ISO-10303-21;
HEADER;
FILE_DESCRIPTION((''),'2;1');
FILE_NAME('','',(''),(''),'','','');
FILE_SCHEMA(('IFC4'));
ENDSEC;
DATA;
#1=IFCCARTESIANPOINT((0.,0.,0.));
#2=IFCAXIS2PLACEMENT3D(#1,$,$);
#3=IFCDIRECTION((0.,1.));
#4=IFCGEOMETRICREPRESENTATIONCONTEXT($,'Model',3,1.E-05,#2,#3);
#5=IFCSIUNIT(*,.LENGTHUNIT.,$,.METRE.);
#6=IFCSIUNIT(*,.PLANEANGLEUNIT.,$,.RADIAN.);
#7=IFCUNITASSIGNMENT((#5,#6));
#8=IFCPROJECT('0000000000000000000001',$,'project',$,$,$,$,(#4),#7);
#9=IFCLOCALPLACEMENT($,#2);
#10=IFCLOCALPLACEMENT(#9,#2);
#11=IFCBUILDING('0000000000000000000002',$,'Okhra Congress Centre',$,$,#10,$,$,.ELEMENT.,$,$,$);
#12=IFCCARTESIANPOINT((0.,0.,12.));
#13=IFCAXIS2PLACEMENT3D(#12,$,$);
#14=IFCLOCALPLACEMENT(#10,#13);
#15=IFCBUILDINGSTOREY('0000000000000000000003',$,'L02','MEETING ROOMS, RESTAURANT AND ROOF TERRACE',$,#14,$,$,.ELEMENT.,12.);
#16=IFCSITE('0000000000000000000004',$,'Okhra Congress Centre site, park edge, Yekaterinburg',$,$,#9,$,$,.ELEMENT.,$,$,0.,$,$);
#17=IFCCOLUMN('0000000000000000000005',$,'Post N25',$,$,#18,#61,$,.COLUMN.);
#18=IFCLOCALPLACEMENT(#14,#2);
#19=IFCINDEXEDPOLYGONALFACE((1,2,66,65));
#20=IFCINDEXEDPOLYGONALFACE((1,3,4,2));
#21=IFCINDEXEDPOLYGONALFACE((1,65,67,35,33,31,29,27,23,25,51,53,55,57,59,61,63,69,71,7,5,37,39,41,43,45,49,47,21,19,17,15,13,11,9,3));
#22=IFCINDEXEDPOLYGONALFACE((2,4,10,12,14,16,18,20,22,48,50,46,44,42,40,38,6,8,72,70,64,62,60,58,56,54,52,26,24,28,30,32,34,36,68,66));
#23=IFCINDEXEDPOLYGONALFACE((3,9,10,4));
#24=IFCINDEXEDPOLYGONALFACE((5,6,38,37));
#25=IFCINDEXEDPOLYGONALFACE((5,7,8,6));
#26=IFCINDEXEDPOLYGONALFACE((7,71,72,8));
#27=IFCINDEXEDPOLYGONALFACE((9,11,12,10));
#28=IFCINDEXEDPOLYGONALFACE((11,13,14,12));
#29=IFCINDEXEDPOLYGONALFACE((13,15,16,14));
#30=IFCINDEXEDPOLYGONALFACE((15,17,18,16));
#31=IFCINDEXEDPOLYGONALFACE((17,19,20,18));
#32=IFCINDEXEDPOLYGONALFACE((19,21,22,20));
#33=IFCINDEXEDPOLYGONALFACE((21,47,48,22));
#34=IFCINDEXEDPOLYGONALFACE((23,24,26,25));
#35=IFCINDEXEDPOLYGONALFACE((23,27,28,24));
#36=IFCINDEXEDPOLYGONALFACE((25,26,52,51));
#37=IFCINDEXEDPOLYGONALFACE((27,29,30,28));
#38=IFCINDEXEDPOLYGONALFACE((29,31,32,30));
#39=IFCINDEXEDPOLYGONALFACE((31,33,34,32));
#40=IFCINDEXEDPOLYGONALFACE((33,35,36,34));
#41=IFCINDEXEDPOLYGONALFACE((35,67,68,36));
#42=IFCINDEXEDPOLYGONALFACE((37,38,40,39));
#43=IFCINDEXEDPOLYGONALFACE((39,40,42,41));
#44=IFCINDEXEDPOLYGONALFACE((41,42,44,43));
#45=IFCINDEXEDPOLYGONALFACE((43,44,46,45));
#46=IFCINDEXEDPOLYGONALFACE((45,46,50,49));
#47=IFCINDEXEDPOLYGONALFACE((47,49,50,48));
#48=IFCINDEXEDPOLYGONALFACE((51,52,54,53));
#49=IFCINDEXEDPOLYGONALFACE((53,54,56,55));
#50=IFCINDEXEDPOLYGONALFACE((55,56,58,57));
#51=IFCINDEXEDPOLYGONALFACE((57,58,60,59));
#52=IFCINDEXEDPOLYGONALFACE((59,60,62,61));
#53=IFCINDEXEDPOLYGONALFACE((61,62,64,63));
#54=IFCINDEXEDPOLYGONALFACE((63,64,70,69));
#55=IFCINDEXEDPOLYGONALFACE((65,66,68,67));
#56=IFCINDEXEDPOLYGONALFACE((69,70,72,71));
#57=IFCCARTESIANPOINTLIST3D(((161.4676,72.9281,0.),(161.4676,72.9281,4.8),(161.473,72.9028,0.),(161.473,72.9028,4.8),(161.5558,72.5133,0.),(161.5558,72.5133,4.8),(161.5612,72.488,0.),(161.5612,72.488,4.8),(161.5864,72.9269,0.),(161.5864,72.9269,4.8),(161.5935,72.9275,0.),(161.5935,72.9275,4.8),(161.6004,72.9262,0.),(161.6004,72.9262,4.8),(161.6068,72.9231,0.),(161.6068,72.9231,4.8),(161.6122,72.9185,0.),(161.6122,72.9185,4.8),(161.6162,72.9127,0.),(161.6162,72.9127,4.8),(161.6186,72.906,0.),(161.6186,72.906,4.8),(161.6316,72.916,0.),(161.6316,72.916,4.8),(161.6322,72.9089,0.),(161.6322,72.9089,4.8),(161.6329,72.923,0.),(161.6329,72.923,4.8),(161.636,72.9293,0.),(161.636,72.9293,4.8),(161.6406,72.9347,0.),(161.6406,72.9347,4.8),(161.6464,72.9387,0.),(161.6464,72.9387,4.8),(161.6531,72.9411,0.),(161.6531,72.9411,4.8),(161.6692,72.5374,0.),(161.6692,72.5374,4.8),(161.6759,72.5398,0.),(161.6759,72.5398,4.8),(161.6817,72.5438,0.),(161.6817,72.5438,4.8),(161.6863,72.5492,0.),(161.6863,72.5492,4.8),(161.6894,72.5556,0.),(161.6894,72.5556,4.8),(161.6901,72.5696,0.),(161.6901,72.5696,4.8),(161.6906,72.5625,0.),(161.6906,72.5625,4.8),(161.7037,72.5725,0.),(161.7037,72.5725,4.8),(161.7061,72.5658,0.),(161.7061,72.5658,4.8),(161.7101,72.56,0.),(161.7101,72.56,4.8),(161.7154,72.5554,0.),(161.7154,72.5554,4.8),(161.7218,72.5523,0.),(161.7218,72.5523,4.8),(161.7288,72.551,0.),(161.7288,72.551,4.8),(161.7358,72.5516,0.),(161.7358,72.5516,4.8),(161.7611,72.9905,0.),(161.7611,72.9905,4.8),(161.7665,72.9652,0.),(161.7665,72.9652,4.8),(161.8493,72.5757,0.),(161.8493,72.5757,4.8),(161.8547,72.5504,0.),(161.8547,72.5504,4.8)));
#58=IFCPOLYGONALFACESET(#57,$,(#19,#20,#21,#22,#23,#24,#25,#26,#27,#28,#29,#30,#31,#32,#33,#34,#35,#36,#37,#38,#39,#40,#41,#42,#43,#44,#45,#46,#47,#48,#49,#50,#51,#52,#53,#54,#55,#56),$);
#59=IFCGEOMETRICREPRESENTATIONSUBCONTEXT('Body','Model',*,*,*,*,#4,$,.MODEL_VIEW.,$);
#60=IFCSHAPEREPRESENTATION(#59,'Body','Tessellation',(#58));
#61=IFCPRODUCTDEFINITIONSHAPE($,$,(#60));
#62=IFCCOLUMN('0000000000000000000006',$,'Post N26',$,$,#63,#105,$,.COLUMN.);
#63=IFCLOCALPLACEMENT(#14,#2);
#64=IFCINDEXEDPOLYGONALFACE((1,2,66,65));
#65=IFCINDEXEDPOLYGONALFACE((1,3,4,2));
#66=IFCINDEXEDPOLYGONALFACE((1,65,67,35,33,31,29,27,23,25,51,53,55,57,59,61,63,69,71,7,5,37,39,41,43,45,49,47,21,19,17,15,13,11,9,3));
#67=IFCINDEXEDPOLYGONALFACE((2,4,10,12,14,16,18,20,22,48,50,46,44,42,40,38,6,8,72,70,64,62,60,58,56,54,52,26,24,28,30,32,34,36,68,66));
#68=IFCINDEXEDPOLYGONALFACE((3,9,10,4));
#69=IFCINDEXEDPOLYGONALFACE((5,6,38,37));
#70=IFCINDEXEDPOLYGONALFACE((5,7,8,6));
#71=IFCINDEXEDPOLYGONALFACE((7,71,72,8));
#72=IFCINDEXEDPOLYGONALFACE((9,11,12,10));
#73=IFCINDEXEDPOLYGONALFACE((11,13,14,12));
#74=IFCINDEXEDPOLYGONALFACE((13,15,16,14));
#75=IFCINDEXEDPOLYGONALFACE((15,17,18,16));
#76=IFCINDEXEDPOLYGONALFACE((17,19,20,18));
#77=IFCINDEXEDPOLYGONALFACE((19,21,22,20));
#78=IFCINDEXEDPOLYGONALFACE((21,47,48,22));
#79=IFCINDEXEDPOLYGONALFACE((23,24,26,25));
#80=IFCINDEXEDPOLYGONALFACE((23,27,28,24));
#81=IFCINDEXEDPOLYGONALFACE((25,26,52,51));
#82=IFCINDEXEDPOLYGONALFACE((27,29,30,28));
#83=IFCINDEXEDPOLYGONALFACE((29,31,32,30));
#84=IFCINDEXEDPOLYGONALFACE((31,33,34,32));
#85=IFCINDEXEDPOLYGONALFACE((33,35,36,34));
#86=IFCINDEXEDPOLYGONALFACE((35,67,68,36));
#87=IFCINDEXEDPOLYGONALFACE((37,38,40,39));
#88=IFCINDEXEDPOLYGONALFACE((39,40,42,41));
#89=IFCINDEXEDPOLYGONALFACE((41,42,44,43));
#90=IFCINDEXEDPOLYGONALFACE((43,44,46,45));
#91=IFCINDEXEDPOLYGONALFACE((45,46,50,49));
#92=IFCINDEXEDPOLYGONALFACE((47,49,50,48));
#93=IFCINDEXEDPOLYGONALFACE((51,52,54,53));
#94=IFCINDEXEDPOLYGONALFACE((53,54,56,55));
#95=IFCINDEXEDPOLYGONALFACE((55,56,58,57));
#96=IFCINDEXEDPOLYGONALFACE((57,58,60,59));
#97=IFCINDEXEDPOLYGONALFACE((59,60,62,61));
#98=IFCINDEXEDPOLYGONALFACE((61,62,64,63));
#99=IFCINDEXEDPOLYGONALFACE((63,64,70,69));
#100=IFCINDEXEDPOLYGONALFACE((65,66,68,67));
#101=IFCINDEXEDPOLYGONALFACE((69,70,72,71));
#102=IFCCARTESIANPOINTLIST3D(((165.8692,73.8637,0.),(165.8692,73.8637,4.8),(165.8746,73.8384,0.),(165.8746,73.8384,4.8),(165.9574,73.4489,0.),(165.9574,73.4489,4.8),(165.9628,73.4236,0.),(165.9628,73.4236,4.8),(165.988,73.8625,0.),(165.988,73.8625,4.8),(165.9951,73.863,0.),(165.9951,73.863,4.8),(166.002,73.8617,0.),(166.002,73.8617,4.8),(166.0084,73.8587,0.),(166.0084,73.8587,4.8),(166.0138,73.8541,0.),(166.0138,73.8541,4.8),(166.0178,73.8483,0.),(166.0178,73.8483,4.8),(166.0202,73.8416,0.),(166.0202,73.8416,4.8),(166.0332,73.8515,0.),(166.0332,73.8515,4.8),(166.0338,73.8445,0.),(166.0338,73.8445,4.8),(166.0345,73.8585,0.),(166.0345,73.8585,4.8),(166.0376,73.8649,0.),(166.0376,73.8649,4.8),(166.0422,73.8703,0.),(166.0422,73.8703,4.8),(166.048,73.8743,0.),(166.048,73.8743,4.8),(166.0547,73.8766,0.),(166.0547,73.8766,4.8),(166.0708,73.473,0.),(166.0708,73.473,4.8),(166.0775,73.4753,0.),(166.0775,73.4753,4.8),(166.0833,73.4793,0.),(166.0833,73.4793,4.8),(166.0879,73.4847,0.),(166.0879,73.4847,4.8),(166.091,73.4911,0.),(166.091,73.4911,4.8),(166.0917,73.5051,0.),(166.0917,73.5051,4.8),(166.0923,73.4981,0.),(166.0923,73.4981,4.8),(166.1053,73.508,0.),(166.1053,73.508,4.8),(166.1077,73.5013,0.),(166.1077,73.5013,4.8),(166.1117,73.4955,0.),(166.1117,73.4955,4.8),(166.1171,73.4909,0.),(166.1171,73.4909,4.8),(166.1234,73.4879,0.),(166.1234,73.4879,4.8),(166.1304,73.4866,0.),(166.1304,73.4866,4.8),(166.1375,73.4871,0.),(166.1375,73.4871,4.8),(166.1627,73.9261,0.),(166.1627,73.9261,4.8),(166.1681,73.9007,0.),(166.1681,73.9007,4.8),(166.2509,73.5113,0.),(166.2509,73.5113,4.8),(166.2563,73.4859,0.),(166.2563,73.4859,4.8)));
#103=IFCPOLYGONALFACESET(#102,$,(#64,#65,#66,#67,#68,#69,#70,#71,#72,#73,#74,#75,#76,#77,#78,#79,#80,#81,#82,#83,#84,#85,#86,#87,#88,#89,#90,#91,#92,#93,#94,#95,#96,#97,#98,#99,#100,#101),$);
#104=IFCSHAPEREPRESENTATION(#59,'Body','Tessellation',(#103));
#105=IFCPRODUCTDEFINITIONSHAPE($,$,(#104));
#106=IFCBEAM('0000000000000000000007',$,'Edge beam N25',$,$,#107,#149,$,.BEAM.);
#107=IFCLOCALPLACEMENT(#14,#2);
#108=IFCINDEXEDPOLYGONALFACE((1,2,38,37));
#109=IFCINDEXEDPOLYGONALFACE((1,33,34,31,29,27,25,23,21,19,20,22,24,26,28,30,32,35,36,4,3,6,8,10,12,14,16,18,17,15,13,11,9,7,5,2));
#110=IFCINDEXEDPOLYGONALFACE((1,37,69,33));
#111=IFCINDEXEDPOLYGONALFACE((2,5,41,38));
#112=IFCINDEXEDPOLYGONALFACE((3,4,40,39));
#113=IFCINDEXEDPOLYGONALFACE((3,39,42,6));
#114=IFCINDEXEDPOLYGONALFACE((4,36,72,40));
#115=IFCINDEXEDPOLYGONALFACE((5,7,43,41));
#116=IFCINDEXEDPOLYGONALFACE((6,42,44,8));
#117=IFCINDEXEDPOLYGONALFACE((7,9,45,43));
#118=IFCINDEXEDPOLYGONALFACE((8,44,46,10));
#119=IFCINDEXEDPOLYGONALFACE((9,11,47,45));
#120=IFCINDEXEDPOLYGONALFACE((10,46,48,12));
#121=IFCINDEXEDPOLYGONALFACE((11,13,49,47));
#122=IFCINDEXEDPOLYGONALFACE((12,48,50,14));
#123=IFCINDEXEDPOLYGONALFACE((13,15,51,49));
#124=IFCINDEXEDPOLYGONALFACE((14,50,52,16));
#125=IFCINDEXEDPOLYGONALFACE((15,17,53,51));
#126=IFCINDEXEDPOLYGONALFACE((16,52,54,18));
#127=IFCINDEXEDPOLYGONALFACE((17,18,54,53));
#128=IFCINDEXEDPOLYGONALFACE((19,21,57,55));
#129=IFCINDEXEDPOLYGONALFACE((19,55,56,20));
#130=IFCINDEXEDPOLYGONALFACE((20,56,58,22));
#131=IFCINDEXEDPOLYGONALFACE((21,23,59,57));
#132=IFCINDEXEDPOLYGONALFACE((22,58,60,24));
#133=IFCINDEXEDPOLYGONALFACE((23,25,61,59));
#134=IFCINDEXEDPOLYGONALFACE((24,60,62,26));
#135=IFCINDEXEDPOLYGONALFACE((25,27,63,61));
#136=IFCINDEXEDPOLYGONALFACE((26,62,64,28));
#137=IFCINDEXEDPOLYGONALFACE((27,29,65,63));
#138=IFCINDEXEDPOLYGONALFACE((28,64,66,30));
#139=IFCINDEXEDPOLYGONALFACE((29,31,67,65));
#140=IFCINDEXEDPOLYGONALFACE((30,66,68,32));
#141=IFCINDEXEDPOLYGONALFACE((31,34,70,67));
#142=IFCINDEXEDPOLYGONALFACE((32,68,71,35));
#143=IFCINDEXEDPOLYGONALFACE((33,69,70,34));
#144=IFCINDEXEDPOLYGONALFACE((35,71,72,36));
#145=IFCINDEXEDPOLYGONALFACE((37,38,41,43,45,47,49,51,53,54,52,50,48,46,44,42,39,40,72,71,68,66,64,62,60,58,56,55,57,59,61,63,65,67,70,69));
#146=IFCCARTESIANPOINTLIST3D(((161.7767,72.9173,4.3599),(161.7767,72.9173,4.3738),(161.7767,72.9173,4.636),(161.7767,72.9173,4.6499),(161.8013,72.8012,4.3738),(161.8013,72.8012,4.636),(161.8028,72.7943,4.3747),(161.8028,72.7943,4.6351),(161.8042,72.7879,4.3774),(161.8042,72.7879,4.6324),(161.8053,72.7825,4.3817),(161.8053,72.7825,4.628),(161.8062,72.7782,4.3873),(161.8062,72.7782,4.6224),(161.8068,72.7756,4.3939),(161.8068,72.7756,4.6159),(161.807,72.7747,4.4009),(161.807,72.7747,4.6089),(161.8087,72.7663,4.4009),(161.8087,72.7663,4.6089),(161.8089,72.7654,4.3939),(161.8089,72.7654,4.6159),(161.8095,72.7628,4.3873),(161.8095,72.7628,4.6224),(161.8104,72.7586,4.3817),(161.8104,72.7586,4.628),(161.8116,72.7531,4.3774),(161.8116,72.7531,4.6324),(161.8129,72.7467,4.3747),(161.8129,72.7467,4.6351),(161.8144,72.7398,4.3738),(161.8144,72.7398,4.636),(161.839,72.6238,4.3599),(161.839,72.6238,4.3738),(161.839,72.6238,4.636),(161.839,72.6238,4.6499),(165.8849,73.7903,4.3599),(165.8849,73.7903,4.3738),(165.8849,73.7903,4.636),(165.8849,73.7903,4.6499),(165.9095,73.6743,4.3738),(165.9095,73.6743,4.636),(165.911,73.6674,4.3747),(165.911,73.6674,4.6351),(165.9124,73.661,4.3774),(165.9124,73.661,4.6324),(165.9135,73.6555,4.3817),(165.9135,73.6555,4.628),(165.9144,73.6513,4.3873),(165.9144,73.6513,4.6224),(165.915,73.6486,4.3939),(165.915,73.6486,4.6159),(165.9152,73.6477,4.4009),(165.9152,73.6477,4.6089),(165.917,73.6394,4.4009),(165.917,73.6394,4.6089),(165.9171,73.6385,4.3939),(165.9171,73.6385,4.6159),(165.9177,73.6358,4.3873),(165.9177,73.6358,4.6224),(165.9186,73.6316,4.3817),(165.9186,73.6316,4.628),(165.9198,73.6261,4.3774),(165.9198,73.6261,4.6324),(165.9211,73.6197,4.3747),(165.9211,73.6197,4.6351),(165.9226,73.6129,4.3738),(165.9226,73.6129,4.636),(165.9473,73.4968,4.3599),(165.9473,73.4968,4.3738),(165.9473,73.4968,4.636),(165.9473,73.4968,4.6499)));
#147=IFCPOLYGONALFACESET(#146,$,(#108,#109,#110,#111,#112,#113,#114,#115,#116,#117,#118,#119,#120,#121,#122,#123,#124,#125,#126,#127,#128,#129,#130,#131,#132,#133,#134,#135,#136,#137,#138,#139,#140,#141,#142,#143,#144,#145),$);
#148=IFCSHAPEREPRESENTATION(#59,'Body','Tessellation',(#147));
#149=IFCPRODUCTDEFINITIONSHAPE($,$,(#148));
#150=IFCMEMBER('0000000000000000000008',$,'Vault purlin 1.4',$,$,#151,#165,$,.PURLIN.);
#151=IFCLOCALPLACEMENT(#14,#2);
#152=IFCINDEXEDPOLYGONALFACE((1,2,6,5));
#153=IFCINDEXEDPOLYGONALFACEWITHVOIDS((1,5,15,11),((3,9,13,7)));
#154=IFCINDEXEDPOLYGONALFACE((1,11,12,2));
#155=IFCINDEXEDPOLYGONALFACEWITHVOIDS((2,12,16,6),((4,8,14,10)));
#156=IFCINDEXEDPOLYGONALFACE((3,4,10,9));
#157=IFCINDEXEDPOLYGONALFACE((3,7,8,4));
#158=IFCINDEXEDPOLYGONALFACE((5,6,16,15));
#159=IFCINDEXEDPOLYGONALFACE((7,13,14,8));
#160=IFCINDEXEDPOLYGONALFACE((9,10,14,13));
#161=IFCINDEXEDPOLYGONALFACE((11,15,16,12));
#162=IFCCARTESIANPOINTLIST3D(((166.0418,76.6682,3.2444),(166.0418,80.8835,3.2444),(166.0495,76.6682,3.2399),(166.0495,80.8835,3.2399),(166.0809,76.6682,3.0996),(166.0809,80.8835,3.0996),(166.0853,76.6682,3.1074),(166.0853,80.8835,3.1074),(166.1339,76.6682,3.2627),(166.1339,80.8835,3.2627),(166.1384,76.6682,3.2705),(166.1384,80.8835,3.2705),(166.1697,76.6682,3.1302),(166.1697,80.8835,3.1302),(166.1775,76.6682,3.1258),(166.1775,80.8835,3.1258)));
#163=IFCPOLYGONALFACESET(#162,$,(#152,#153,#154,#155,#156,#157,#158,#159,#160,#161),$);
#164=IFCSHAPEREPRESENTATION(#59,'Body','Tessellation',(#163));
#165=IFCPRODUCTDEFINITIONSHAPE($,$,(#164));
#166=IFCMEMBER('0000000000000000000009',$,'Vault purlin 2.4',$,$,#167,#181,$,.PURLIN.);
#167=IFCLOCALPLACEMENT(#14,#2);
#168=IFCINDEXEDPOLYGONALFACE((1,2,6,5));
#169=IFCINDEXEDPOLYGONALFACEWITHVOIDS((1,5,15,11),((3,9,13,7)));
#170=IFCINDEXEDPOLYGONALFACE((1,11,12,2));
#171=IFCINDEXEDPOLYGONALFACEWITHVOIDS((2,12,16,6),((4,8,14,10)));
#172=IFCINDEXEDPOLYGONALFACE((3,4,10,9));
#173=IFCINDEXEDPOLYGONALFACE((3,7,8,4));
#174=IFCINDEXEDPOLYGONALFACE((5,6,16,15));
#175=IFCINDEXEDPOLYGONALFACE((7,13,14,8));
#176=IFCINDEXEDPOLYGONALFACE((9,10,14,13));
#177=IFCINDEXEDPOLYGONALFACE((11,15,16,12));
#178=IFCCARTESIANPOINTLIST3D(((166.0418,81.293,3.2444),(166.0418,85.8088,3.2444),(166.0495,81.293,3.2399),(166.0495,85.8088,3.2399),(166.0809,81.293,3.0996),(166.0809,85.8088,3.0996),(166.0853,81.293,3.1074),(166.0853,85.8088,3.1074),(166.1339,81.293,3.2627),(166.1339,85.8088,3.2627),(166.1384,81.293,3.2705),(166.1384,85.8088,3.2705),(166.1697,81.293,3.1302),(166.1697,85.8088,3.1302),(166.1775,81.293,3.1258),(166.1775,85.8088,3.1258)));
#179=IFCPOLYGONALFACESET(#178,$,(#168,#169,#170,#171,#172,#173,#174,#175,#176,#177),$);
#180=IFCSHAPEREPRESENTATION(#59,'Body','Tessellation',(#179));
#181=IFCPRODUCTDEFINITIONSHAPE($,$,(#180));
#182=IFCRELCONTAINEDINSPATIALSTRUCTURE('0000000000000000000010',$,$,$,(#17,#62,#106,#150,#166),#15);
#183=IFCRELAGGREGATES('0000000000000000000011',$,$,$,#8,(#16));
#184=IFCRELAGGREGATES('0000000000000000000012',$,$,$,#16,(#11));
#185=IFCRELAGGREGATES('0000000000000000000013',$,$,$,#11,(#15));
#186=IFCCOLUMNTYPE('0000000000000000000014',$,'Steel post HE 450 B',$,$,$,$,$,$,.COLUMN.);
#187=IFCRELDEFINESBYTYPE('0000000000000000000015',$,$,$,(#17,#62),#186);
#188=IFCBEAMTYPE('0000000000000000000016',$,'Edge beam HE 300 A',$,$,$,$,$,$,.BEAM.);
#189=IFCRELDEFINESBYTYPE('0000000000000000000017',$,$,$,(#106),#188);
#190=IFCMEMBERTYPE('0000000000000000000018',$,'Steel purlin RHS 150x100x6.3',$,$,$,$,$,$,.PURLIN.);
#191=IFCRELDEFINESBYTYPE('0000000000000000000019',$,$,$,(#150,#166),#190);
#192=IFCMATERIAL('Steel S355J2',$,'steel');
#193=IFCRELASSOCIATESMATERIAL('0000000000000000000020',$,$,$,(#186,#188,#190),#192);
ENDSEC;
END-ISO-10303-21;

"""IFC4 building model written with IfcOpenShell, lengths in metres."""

from ifc_helpers import new_model, si_unit, direction, frame, origin, origin_2d, place, context, subcontext, project, spatial, hollow_rectangle, i_section, extrude, material, material_profile, profile_set, type_object, element, save


model = new_model("IFC4")

# Units and contexts
model_context = context("Model", 3, precision=1e-05, world=origin(), true_north=direction((0.0, 1.0)))
body_context = subcontext(model_context, "Body", "Model", "MODEL_VIEW")
ifc_project = project(units=[si_unit("LENGTHUNIT", "METRE"), si_unit("PLANEANGLEUNIT", "RADIAN")], contexts=[model_context])

# Site, building, storey
site_placement = place(None, origin())
site = spatial("IfcSite", under=ifc_project, at=site_placement, Name="Okhra Congress Centre site, park edge, Yekaterinburg", CompositionType="ELEMENT", RefElevation=0.0)
building_placement = place(site_placement, origin())
building = spatial("IfcBuilding", under=site, at=building_placement, Name="Okhra Congress Centre", CompositionType="ELEMENT")
storey_placement = place(building_placement, frame((0.0, 0.0, 12.0)))
storey = spatial("IfcBuildingStorey", under=building, at=storey_placement, Name="L02", Description="MEETING ROOMS, RESTAURANT AND ROOF TERRACE", CompositionType="ELEMENT", Elevation=12.0)

# Columns
ifc_material_1 = material(Name="Steel S355J2", Category="steel")
ifc_material_profile_1 = material_profile(ifc_material_1, i_section(OverallWidth=0.3, OverallDepth=0.45, WebThickness=0.0139, FlangeThickness=0.0259, FilletRadius=0.0271, at=origin_2d()), Name="HE 450 B")
ifc_profile_set_1 = profile_set([ifc_material_profile_1], Name="Steel S355J2")
column_type = type_object("IfcColumnType", Name="Steel post HE 450 B", PredefinedType="COLUMN", material=ifc_profile_set_1)
for number, where, z_axis, x_axis, name in (
    (1, (161.6611, 72.7393, 0.0), (0.0, 0.0, 1.0), (0.978148, 0.207912, 0.0), "Post N25"),
    (2, (166.0627, 73.6748, 0.0), (0.0, 0.0, 1.0), (0.978148, 0.207912, 0.0), "Post N26"),
):
    element("IfcColumn", number, at=place(storey_placement, frame(where, z_axis=z_axis, x_axis=x_axis)), inside=storey, type_object=column_type, Name=name, PredefinedType="COLUMN", context=body_context, shape_type="SweptSolid", body=[
        extrude(i_section(OverallWidth=0.3, OverallDepth=0.45, WebThickness=0.0139, FlangeThickness=0.0259, FilletRadius=0.0271, at=origin_2d()), origin(), (0.0, 0.0, 1.0), 4.8),
    ])

# Beam
ifc_material_profile_2 = material_profile(ifc_material_1, i_section(OverallWidth=0.3, OverallDepth=0.29, WebThickness=0.0085, FlangeThickness=0.0139, FilletRadius=0.0271, at=origin_2d()), Name="HE 300 A")
ifc_profile_set_2 = profile_set([ifc_material_profile_2], Name="Steel S355J2")
beam_type = type_object("IfcBeamType", Name="Edge beam HE 300 A", PredefinedType="BEAM", material=ifc_profile_set_2)
beam_placement = place(storey_placement, frame((161.8079, 72.7705, 4.5049), z_axis=(0.978156, 0.207873, 0.0), x_axis=(-0.207873, 0.978156, 0.0)))
element("IfcBeam", 3, at=beam_placement, inside=storey, type_object=beam_type, Name="Edge beam N25", PredefinedType="BEAM", context=body_context, shape_type="SweptSolid", body=[
    extrude(i_section(OverallWidth=0.3, OverallDepth=0.29, WebThickness=0.0085, FlangeThickness=0.0139, FilletRadius=0.0271, at=origin_2d()), origin(), (0.0, 0.0, 1.0), 4.2),
])

# Members
ifc_material_profile_3 = material_profile(ifc_material_1, hollow_rectangle(XDim=0.1001, YDim=0.1499, WallThickness=0.0063, at=origin_2d()), Name="RHS 150x100x6.3")
ifc_profile_set_3 = profile_set([ifc_material_profile_3], Name="Steel S355J2")
member_type_1 = type_object("IfcMemberType", Name="Steel purlin RHS 150x100x6.3", PredefinedType="PURLIN", material=ifc_profile_set_3)
member_1_placement = place(storey_placement, frame((166.1096, 76.6682, 3.1851), z_axis=(0.0, 1.0, 0.0), x_axis=(-0.96538, 0.0, -0.260848)))
element("IfcMember", 4, at=member_1_placement, inside=storey, type_object=member_type_1, Name="Vault purlin 1.4", PredefinedType="PURLIN", context=body_context, shape_type="SweptSolid", body=[
    extrude(hollow_rectangle(XDim=0.1001, YDim=0.1499, WallThickness=0.0063, at=origin_2d()), origin(), (0.0, 0.0, 1.0), 4.2153),
])
member_2_placement = place(storey_placement, frame((166.1096, 81.293, 3.1851), z_axis=(0.0, 1.0, 0.0), x_axis=(-0.96538, 0.0, -0.260848)))
element("IfcMember", 5, at=member_2_placement, inside=storey, type_object=member_type_1, Name="Vault purlin 2.4", PredefinedType="PURLIN", context=body_context, shape_type="SweptSolid", body=[
    extrude(hollow_rectangle(XDim=0.1001, YDim=0.1499, WallThickness=0.0063, at=origin_2d()), origin(), (0.0, 0.0, 1.0), 4.5159),
])

save(model, "model.ifc")
